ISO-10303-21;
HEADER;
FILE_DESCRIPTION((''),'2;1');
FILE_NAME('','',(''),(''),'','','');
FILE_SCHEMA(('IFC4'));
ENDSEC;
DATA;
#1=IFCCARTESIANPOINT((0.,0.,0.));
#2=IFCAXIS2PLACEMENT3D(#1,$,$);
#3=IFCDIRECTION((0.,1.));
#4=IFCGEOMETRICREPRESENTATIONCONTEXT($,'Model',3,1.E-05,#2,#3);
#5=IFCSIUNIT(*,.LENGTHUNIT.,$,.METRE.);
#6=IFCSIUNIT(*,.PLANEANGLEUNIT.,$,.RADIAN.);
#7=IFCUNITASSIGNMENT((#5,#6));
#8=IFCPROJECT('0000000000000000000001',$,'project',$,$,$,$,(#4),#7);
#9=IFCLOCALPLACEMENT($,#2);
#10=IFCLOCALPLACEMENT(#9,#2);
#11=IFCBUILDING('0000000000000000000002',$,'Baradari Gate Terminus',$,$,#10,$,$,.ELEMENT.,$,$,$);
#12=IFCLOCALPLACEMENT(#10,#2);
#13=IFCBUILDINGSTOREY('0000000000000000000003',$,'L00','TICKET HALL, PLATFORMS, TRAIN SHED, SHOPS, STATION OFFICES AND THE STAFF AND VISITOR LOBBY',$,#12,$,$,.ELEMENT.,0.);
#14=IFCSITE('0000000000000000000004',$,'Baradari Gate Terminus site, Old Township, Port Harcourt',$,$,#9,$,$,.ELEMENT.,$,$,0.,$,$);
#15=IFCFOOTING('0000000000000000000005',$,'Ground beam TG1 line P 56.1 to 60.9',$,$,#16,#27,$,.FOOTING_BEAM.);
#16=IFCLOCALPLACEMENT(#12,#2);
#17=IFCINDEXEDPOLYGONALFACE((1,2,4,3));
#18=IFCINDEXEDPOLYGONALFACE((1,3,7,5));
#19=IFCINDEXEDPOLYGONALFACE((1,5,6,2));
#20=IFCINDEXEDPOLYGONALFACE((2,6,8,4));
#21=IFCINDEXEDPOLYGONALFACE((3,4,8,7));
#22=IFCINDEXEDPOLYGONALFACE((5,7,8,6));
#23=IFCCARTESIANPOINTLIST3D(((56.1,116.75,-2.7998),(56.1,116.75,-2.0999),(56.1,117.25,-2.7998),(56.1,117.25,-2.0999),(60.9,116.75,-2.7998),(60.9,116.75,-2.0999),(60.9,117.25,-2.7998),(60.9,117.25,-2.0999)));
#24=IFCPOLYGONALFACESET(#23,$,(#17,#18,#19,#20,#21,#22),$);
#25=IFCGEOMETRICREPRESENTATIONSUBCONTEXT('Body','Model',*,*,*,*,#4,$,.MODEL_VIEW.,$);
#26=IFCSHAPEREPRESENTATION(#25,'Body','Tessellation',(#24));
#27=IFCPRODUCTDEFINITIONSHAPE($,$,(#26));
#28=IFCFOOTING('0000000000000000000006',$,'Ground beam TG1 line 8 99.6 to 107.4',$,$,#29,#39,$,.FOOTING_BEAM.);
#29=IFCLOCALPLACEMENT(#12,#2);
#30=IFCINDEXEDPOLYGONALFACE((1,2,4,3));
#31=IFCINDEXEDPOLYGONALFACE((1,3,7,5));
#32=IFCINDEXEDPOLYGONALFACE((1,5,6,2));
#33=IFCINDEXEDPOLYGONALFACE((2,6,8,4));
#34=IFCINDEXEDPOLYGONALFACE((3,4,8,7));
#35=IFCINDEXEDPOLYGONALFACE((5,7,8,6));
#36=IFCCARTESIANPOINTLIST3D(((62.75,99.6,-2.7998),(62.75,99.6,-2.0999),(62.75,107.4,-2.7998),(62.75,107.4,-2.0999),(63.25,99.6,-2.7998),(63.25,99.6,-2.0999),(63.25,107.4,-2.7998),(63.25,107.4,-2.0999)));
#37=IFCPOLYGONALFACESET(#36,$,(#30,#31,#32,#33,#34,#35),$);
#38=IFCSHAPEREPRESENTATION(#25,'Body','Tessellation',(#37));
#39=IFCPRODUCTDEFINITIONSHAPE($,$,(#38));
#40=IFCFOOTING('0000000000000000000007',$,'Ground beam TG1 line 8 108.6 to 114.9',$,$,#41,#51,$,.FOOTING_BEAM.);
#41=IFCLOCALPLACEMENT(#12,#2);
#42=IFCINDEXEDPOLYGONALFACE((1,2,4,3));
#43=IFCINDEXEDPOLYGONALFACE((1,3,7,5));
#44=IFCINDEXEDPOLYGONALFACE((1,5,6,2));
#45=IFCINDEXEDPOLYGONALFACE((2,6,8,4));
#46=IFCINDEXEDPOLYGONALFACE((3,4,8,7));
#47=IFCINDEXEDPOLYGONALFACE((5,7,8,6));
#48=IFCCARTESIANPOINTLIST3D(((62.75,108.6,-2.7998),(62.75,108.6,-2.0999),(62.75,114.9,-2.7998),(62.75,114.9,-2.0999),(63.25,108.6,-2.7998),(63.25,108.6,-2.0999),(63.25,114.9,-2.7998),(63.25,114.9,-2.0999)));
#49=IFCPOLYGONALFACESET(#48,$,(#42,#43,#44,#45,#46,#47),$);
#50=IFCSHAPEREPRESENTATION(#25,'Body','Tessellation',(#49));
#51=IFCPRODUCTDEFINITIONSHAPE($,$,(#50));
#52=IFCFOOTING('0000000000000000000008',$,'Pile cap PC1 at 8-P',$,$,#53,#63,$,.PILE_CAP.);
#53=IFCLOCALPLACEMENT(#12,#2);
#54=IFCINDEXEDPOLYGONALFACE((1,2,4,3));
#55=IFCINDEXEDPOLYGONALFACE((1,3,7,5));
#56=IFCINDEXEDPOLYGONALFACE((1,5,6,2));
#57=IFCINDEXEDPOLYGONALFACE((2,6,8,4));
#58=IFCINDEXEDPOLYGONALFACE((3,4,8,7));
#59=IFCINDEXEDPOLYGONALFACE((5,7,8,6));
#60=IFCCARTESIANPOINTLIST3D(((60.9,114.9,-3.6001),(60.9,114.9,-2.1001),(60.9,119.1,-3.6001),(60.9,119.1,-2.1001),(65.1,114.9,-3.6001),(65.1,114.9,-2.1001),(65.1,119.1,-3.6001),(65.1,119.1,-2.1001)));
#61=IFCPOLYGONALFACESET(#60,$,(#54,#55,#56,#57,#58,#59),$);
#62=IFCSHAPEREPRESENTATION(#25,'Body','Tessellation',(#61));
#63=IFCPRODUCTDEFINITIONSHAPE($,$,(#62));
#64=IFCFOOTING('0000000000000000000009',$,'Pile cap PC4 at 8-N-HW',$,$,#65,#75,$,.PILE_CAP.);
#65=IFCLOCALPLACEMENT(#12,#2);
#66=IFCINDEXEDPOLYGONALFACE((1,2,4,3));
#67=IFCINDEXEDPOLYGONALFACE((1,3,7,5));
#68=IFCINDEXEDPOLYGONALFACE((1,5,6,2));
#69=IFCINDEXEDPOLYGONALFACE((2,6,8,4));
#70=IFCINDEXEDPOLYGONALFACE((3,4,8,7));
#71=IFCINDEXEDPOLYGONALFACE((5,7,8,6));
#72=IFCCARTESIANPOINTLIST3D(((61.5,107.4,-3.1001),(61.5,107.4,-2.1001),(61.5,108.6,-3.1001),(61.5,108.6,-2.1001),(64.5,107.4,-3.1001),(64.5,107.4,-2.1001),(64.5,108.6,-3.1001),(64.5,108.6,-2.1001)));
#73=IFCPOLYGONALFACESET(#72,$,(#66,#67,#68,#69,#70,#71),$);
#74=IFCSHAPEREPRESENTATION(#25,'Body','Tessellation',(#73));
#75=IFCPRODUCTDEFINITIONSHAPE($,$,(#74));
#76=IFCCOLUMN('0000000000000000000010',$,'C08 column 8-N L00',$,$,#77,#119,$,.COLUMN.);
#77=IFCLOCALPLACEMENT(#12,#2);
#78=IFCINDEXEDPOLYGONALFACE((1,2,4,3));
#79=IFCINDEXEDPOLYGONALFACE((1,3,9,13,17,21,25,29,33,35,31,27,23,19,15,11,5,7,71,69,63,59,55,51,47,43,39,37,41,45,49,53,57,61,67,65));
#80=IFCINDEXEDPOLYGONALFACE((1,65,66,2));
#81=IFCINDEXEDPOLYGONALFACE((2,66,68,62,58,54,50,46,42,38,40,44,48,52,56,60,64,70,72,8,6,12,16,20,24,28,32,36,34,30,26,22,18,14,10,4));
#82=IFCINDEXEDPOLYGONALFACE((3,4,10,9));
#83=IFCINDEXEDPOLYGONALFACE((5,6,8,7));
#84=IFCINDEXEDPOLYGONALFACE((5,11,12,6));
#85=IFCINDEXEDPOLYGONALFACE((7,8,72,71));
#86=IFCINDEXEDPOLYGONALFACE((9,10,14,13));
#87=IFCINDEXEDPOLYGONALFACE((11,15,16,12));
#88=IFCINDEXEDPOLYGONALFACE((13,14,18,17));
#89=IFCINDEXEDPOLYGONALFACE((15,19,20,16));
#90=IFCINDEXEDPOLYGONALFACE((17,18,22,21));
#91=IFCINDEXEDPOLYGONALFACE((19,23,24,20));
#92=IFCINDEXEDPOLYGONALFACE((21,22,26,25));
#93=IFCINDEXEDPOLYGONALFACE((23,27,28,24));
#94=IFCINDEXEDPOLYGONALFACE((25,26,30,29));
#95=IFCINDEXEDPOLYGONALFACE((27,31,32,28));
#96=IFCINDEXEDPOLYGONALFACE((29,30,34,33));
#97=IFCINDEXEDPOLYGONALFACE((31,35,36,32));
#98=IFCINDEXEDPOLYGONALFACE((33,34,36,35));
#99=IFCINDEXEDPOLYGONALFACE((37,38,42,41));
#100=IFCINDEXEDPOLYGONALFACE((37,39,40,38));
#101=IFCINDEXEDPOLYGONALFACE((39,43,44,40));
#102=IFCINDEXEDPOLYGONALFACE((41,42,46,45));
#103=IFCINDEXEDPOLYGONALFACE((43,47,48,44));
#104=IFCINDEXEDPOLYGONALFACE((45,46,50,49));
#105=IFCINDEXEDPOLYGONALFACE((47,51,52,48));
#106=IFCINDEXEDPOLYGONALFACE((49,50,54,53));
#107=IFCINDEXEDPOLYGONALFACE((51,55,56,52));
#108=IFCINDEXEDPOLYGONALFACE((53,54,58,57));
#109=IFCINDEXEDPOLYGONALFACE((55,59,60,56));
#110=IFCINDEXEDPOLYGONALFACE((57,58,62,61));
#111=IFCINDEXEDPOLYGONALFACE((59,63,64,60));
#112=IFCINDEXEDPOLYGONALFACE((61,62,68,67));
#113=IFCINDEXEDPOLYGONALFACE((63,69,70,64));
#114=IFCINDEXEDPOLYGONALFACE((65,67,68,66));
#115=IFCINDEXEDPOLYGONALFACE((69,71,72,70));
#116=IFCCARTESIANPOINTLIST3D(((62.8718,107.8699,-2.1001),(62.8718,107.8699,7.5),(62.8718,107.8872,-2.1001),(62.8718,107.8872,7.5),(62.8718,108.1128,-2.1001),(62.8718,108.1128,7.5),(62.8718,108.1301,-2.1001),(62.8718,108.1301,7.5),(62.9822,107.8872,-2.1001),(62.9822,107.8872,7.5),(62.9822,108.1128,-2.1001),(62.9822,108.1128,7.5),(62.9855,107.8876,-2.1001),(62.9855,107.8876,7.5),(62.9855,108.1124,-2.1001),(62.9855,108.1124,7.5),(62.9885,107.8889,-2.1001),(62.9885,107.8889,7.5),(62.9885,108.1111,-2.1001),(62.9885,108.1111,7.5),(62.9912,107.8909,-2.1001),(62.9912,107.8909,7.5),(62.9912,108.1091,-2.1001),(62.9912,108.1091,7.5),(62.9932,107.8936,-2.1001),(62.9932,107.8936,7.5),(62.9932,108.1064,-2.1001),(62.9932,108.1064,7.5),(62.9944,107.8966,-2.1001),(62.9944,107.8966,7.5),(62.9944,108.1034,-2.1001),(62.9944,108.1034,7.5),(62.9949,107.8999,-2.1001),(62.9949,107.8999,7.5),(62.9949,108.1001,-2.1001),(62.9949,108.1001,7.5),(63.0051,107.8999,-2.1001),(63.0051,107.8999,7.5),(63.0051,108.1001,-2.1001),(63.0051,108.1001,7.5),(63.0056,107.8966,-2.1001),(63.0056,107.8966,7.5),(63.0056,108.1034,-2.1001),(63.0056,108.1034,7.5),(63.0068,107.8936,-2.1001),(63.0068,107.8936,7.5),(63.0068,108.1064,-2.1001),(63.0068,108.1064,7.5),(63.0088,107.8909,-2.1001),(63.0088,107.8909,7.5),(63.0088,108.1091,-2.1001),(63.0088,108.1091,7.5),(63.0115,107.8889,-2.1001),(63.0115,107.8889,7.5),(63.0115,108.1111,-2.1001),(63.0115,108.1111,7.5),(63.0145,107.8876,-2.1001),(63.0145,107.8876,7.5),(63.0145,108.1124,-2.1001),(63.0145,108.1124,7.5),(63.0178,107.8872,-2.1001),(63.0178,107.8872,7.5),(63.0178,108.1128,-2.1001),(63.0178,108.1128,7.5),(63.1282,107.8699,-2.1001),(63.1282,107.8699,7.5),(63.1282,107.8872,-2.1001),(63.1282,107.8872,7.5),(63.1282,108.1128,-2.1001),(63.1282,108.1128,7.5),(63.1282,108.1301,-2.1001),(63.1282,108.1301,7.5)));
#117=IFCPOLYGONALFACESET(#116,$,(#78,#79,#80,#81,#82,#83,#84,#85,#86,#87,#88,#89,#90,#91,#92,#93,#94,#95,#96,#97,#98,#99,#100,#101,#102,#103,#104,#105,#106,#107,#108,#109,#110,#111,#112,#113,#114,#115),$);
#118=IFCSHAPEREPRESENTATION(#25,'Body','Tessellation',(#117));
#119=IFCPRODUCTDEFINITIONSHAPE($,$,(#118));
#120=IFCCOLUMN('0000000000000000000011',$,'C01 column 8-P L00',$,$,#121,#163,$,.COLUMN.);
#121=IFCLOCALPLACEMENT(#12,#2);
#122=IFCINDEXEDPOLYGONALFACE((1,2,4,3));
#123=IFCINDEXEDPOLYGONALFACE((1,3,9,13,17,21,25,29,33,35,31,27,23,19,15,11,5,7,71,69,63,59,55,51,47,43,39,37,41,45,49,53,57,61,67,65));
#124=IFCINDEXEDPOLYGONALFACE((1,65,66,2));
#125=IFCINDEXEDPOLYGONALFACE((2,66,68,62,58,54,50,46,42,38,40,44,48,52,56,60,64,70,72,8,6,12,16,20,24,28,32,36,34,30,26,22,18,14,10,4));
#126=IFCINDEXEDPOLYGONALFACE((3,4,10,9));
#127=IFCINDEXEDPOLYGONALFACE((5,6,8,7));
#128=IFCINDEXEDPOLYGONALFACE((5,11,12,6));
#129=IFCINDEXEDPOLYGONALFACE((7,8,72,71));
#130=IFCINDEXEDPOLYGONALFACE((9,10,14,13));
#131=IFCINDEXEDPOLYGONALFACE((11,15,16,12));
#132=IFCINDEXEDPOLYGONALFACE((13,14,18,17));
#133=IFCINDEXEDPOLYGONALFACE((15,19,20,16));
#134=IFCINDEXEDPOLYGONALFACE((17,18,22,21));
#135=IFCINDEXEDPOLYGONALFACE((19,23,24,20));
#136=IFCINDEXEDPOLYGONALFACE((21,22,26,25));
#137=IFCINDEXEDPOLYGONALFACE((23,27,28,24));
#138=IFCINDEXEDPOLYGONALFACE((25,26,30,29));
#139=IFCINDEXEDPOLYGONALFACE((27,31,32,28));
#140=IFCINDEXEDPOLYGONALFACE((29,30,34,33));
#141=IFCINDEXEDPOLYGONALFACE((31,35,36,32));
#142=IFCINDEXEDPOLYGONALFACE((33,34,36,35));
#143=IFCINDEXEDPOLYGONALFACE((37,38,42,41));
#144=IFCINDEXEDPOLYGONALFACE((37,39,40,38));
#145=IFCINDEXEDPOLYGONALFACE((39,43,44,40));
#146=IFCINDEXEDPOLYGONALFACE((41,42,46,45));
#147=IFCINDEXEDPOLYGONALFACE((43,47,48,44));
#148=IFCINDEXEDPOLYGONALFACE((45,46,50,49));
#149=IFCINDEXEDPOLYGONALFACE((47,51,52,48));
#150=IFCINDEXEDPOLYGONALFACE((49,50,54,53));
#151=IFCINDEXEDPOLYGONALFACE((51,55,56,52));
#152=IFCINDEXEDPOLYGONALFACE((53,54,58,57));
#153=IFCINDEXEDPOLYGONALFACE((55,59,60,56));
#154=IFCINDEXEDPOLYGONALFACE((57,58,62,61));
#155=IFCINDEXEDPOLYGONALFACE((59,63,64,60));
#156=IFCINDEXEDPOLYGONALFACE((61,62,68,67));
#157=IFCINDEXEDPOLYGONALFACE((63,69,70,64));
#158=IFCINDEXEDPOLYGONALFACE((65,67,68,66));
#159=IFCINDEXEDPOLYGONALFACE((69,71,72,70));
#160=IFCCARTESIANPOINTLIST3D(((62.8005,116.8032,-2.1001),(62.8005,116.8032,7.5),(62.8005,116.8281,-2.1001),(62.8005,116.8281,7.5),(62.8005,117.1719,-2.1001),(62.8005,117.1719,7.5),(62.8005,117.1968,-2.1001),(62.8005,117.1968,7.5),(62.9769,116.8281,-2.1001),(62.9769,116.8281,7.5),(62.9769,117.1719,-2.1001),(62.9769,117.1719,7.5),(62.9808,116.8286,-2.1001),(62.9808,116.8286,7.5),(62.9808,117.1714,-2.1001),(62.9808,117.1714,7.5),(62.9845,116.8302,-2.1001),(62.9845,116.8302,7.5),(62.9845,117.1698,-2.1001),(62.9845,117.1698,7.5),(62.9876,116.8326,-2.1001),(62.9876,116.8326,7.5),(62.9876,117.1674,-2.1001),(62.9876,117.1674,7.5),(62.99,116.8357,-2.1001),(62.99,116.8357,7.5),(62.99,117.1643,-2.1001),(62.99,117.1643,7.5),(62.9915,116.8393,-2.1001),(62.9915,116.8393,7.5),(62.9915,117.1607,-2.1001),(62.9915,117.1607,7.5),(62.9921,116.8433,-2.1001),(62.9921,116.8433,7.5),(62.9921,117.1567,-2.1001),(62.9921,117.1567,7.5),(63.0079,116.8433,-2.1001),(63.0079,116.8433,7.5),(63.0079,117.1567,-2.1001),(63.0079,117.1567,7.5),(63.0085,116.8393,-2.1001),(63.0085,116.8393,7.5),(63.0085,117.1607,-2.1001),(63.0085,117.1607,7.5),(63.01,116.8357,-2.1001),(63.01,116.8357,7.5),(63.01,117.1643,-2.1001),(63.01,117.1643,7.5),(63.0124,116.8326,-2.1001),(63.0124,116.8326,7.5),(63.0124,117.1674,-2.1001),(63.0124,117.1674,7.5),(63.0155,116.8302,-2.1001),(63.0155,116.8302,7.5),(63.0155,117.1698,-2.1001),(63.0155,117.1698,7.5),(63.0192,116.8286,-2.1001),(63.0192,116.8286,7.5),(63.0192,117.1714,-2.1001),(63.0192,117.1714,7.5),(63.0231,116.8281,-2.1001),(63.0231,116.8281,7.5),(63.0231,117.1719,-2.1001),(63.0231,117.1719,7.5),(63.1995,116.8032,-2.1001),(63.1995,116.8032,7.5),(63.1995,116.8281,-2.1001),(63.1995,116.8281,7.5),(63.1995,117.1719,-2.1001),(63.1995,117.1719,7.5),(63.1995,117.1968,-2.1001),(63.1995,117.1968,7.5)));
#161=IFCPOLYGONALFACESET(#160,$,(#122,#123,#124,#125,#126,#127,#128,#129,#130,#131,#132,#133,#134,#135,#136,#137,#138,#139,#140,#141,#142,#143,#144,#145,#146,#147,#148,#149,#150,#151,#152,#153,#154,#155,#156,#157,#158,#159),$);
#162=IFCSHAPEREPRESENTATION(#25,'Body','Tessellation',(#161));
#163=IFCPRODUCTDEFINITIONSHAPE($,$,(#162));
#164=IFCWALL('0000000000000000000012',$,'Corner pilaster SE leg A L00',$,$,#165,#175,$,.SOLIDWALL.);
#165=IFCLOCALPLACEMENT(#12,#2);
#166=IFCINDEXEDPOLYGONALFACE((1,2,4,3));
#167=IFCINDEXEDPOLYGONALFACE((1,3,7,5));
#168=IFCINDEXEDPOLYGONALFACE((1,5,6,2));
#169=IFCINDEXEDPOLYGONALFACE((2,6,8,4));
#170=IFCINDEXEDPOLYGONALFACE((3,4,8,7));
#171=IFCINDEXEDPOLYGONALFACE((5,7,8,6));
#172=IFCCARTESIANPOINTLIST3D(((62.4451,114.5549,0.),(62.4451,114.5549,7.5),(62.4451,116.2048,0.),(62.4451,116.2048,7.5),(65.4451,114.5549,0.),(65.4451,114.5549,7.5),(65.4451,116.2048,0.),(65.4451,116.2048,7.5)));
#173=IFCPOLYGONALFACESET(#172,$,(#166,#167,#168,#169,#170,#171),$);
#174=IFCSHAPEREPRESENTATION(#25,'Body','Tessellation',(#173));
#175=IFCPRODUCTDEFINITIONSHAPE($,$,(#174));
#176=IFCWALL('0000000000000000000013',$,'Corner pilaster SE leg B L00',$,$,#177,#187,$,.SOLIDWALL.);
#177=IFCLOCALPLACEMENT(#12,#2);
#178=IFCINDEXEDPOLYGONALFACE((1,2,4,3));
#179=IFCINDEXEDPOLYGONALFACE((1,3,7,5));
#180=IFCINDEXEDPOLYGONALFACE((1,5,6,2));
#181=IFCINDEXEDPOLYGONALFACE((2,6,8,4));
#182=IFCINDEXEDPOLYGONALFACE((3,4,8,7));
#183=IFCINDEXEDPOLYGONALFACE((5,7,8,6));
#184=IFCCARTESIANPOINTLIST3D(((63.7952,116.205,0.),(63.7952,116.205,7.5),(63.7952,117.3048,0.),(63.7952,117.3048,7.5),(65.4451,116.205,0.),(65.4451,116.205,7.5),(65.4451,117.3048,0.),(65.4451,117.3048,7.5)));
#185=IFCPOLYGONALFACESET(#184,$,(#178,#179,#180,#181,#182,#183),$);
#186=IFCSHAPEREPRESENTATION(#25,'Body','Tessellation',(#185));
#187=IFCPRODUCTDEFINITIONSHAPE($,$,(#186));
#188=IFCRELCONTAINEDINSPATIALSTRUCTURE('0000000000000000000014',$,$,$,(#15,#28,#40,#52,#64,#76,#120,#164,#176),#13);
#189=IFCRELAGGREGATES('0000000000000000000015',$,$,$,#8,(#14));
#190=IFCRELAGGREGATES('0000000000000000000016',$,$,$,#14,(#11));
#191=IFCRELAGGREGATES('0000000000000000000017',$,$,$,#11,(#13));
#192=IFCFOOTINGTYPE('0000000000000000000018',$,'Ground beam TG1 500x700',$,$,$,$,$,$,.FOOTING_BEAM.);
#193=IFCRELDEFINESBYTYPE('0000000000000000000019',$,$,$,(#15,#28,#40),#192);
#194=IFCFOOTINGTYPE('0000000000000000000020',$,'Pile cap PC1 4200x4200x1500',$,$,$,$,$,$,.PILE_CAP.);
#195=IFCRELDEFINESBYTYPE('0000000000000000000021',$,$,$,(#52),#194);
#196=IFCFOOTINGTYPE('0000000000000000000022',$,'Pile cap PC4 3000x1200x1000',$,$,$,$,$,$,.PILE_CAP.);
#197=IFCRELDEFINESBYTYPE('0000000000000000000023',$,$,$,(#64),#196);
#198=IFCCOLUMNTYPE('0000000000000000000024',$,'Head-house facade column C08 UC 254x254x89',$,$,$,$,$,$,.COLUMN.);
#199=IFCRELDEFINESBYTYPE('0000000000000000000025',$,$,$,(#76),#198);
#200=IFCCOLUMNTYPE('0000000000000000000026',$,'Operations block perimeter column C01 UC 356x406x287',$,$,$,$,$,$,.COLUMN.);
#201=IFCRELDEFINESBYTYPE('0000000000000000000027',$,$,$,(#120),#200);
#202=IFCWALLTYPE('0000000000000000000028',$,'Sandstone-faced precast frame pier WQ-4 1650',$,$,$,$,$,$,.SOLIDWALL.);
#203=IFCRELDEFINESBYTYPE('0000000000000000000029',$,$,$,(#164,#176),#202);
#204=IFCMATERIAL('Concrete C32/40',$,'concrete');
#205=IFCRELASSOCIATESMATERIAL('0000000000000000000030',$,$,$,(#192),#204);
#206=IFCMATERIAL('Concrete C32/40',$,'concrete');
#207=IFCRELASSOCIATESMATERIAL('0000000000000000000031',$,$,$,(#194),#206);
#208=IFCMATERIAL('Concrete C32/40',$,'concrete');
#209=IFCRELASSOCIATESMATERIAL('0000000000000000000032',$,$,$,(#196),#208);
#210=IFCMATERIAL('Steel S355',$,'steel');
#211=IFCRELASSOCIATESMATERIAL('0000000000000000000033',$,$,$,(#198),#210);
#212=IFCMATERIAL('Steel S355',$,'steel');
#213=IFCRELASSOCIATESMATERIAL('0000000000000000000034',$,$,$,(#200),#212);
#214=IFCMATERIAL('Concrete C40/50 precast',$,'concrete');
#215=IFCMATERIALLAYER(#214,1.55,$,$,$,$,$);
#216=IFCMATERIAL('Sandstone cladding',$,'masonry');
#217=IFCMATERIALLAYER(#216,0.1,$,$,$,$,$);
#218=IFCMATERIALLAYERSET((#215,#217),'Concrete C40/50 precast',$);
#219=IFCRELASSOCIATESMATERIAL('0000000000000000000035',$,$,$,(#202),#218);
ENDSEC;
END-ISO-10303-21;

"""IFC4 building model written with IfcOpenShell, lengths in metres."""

from ifc_helpers import new_model, si_unit, direction, frame, frame_2d, origin, origin_2d, place, context, subcontext, project, spatial, rectangle, i_section, extrude, material, layer, layer_set, material_profile, profile_set, type_object, element, save


model = new_model("IFC4")

# Units and contexts
model_context = context("Model", 3, precision=1e-05, world=origin(), true_north=direction((0.0, 1.0)))
body_context = subcontext(model_context, "Body", "Model", "MODEL_VIEW")
ifc_project = project(units=[si_unit("LENGTHUNIT", "METRE"), si_unit("PLANEANGLEUNIT", "RADIAN")], contexts=[model_context])

# Site, building, storey
site_placement = place(None, origin())
site = spatial("IfcSite", under=ifc_project, at=site_placement, Name="Baradari Gate Terminus site, Old Township, Port Harcourt", CompositionType="ELEMENT", RefElevation=0.0)
building_placement = place(site_placement, origin())
building = spatial("IfcBuilding", under=site, at=building_placement, Name="Baradari Gate Terminus", CompositionType="ELEMENT")
storey_placement = place(building_placement, origin())
storey = spatial("IfcBuildingStorey", under=building, at=storey_placement, Name="L00", Description="TICKET HALL, PLATFORMS, TRAIN SHED, SHOPS, STATION OFFICES AND THE STAFF AND VISITOR LOBBY", CompositionType="ELEMENT", Elevation=0.0)

# Footings
ifc_material_1 = material(Name="Concrete C32/40", Category="concrete")
footing_type_1 = type_object("IfcFootingType", Name="Ground beam TG1 500x700", PredefinedType="FOOTING_BEAM", material=ifc_material_1)
footing_1_placement = place(storey_placement, frame((58.5, 117.0, -2.7998), z_axis=(0.0, 0.0, 1.0), x_axis=(1.0, 0.0, 0.0)))
element("IfcFooting", 1, at=footing_1_placement, inside=storey, type_object=footing_type_1, Name="Ground beam TG1 line P 56.1 to 60.9", PredefinedType="FOOTING_BEAM", context=body_context, shape_type="SweptSolid", body=[
    extrude(rectangle(XDim=4.8, YDim=0.5, at=origin_2d()), origin(), (0.0, 0.0, 1.0), 0.7),
])
footing_2_placement = place(storey_placement, frame((63.0, 103.5, -2.7998), z_axis=(0.0, 0.0, 1.0), x_axis=(1.0, 0.0, 0.0)))
element("IfcFooting", 2, at=footing_2_placement, inside=storey, type_object=footing_type_1, Name="Ground beam TG1 line 8 99.6 to 107.4", PredefinedType="FOOTING_BEAM", context=body_context, shape_type="SweptSolid", body=[
    extrude(rectangle(XDim=0.5, YDim=7.8, at=origin_2d()), origin(), (0.0, 0.0, 1.0), 0.7),
])
footing_3_placement = place(storey_placement, frame((63.0, 111.75, -2.7998), z_axis=(0.0, 0.0, 1.0), x_axis=(1.0, 0.0, 0.0)))
element("IfcFooting", 3, at=footing_3_placement, inside=storey, type_object=footing_type_1, Name="Ground beam TG1 line 8 108.6 to 114.9", PredefinedType="FOOTING_BEAM", context=body_context, shape_type="SweptSolid", body=[
    extrude(rectangle(XDim=0.5, YDim=6.3, at=origin_2d()), origin(), (0.0, 0.0, 1.0), 0.7),
])
ifc_material_2 = material(Name="Concrete C32/40", Category="concrete")
footing_type_2 = type_object("IfcFootingType", Name="Pile cap PC1 4200x4200x1500", PredefinedType="PILE_CAP", material=ifc_material_2)
footing_4_placement = place(storey_placement, frame((63.0, 117.0, -3.6001), z_axis=(0.0, 0.0, 1.0), x_axis=(1.0, 0.0, 0.0)))
element("IfcFooting", 4, at=footing_4_placement, inside=storey, type_object=footing_type_2, Name="Pile cap PC1 at 8-P", PredefinedType="PILE_CAP", context=body_context, shape_type="SweptSolid", body=[
    extrude(rectangle(XDim=4.2, YDim=4.2, at=origin_2d()), origin(), (0.0, 0.0, 1.0), 1.5),
])
ifc_material_3 = material(Name="Concrete C32/40", Category="concrete")
footing_type_3 = type_object("IfcFootingType", Name="Pile cap PC4 3000x1200x1000", PredefinedType="PILE_CAP", material=ifc_material_3)
footing_5_placement = place(storey_placement, frame((63.0, 108.0, -3.1001), z_axis=(0.0, 0.0, 1.0), x_axis=(1.0, 0.0, 0.0)))
element("IfcFooting", 5, at=footing_5_placement, inside=storey, type_object=footing_type_3, Name="Pile cap PC4 at 8-N-HW", PredefinedType="PILE_CAP", context=body_context, shape_type="SweptSolid", body=[
    extrude(rectangle(XDim=3.0, YDim=1.2, at=origin_2d()), origin(), (0.0, 0.0, 1.0), 1.0),
])

# Columns
ifc_material_4 = material(Name="Steel S355", Category="steel")
ifc_material_profile_1 = material_profile(ifc_material_4, i_section(OverallWidth=0.2563, OverallDepth=0.2603, WebThickness=0.0103, FlangeThickness=0.0173, FilletRadius=0.0127, at=origin_2d()), Name="UC 254x254x89")
ifc_profile_set_1 = profile_set([ifc_material_profile_1], Name="Steel S355")
column_type_1 = type_object("IfcColumnType", Name="Head-house facade column C08 UC 254x254x89", PredefinedType="COLUMN", material=ifc_profile_set_1)
column_1_placement = place(storey_placement, frame((63.0, 108.0, -2.1001), z_axis=(0.0, 0.0, 1.0), x_axis=(1.0, 0.0, 0.0)))
element("IfcColumn", 6, at=column_1_placement, inside=storey, type_object=column_type_1, Name="C08 column 8-N L00", PredefinedType="COLUMN", context=body_context, shape_type="SweptSolid", body=[
    extrude(i_section(OverallWidth=0.2563, OverallDepth=0.2603, WebThickness=0.0103, FlangeThickness=0.0173, FilletRadius=0.0127, at=origin_2d()), origin(), (0.0, 0.0, 1.0), 9.6001),
])
ifc_material_5 = material(Name="Steel S355", Category="steel")
ifc_material_profile_2 = material_profile(ifc_material_5, i_section(OverallWidth=0.3989, OverallDepth=0.3936, WebThickness=0.0159, FlangeThickness=0.0249, FilletRadius=0.0151, at=origin_2d()), Name="UC 356x406x287")
ifc_profile_set_2 = profile_set([ifc_material_profile_2], Name="Steel S355")
column_type_2 = type_object("IfcColumnType", Name="Operations block perimeter column C01 UC 356x406x287", PredefinedType="COLUMN", material=ifc_profile_set_2)
column_2_placement = place(storey_placement, frame((63.0, 117.0, -2.1001), z_axis=(0.0, 0.0, 1.0), x_axis=(1.0, 0.0, 0.0)))
element("IfcColumn", 7, at=column_2_placement, inside=storey, type_object=column_type_2, Name="C01 column 8-P L00", PredefinedType="COLUMN", context=body_context, shape_type="SweptSolid", body=[
    extrude(i_section(OverallWidth=0.3989, OverallDepth=0.3936, WebThickness=0.0159, FlangeThickness=0.0249, FilletRadius=0.0151, at=origin_2d()), origin(), (0.0, 0.0, 1.0), 9.6001),
])

# Shared definitions
ifc_material_6 = material(Name="Concrete C40/50 precast", Category="concrete")

# Walls
ifc_layer_1 = layer(ifc_material_6, 1.55)
ifc_material_7 = material(Name="Sandstone cladding", Category="masonry")
ifc_layer_2 = layer(ifc_material_7, 0.1)
ifc_layer_set_1 = layer_set([ifc_layer_1, ifc_layer_2], Name="Concrete C40/50 precast")
wall_type_1 = type_object("IfcWallType", Name="Sandstone-faced precast frame pier WQ-4 1650", PredefinedType="SOLIDWALL", material=ifc_layer_set_1)
wall_1_placement = place(storey_placement, frame((62.4451, 115.3799, 0.0), z_axis=(0.0, 0.0, 1.0), x_axis=(1.0, 0.0, 0.0)))
element("IfcWall", 8, at=wall_1_placement, inside=storey, type_object=wall_type_1, Name="Corner pilaster SE leg A L00", PredefinedType="SOLIDWALL", context=body_context, shape_type="SweptSolid", body=[
    extrude(rectangle(XDim=3.0, YDim=1.6499, at=frame_2d((1.5, 0.0))), origin(), (0.0, 0.0, 1.0), 7.5),
])
wall_2_placement = place(storey_placement, frame((64.6201, 116.2051, 0.0), z_axis=(0.0, 0.0, 1.0), x_axis=(0.0, 1.0, 0.0)))
element("IfcWall", 9, at=wall_2_placement, inside=storey, type_object=wall_type_1, Name="Corner pilaster SE leg B L00", PredefinedType="SOLIDWALL", context=body_context, shape_type="SweptSolid", body=[
    extrude(rectangle(XDim=1.0999, YDim=1.6499, at=frame_2d((0.5498, 0.0))), origin(), (0.0, 0.0, 1.0), 7.5),
])

save(model, "model.ifc")
